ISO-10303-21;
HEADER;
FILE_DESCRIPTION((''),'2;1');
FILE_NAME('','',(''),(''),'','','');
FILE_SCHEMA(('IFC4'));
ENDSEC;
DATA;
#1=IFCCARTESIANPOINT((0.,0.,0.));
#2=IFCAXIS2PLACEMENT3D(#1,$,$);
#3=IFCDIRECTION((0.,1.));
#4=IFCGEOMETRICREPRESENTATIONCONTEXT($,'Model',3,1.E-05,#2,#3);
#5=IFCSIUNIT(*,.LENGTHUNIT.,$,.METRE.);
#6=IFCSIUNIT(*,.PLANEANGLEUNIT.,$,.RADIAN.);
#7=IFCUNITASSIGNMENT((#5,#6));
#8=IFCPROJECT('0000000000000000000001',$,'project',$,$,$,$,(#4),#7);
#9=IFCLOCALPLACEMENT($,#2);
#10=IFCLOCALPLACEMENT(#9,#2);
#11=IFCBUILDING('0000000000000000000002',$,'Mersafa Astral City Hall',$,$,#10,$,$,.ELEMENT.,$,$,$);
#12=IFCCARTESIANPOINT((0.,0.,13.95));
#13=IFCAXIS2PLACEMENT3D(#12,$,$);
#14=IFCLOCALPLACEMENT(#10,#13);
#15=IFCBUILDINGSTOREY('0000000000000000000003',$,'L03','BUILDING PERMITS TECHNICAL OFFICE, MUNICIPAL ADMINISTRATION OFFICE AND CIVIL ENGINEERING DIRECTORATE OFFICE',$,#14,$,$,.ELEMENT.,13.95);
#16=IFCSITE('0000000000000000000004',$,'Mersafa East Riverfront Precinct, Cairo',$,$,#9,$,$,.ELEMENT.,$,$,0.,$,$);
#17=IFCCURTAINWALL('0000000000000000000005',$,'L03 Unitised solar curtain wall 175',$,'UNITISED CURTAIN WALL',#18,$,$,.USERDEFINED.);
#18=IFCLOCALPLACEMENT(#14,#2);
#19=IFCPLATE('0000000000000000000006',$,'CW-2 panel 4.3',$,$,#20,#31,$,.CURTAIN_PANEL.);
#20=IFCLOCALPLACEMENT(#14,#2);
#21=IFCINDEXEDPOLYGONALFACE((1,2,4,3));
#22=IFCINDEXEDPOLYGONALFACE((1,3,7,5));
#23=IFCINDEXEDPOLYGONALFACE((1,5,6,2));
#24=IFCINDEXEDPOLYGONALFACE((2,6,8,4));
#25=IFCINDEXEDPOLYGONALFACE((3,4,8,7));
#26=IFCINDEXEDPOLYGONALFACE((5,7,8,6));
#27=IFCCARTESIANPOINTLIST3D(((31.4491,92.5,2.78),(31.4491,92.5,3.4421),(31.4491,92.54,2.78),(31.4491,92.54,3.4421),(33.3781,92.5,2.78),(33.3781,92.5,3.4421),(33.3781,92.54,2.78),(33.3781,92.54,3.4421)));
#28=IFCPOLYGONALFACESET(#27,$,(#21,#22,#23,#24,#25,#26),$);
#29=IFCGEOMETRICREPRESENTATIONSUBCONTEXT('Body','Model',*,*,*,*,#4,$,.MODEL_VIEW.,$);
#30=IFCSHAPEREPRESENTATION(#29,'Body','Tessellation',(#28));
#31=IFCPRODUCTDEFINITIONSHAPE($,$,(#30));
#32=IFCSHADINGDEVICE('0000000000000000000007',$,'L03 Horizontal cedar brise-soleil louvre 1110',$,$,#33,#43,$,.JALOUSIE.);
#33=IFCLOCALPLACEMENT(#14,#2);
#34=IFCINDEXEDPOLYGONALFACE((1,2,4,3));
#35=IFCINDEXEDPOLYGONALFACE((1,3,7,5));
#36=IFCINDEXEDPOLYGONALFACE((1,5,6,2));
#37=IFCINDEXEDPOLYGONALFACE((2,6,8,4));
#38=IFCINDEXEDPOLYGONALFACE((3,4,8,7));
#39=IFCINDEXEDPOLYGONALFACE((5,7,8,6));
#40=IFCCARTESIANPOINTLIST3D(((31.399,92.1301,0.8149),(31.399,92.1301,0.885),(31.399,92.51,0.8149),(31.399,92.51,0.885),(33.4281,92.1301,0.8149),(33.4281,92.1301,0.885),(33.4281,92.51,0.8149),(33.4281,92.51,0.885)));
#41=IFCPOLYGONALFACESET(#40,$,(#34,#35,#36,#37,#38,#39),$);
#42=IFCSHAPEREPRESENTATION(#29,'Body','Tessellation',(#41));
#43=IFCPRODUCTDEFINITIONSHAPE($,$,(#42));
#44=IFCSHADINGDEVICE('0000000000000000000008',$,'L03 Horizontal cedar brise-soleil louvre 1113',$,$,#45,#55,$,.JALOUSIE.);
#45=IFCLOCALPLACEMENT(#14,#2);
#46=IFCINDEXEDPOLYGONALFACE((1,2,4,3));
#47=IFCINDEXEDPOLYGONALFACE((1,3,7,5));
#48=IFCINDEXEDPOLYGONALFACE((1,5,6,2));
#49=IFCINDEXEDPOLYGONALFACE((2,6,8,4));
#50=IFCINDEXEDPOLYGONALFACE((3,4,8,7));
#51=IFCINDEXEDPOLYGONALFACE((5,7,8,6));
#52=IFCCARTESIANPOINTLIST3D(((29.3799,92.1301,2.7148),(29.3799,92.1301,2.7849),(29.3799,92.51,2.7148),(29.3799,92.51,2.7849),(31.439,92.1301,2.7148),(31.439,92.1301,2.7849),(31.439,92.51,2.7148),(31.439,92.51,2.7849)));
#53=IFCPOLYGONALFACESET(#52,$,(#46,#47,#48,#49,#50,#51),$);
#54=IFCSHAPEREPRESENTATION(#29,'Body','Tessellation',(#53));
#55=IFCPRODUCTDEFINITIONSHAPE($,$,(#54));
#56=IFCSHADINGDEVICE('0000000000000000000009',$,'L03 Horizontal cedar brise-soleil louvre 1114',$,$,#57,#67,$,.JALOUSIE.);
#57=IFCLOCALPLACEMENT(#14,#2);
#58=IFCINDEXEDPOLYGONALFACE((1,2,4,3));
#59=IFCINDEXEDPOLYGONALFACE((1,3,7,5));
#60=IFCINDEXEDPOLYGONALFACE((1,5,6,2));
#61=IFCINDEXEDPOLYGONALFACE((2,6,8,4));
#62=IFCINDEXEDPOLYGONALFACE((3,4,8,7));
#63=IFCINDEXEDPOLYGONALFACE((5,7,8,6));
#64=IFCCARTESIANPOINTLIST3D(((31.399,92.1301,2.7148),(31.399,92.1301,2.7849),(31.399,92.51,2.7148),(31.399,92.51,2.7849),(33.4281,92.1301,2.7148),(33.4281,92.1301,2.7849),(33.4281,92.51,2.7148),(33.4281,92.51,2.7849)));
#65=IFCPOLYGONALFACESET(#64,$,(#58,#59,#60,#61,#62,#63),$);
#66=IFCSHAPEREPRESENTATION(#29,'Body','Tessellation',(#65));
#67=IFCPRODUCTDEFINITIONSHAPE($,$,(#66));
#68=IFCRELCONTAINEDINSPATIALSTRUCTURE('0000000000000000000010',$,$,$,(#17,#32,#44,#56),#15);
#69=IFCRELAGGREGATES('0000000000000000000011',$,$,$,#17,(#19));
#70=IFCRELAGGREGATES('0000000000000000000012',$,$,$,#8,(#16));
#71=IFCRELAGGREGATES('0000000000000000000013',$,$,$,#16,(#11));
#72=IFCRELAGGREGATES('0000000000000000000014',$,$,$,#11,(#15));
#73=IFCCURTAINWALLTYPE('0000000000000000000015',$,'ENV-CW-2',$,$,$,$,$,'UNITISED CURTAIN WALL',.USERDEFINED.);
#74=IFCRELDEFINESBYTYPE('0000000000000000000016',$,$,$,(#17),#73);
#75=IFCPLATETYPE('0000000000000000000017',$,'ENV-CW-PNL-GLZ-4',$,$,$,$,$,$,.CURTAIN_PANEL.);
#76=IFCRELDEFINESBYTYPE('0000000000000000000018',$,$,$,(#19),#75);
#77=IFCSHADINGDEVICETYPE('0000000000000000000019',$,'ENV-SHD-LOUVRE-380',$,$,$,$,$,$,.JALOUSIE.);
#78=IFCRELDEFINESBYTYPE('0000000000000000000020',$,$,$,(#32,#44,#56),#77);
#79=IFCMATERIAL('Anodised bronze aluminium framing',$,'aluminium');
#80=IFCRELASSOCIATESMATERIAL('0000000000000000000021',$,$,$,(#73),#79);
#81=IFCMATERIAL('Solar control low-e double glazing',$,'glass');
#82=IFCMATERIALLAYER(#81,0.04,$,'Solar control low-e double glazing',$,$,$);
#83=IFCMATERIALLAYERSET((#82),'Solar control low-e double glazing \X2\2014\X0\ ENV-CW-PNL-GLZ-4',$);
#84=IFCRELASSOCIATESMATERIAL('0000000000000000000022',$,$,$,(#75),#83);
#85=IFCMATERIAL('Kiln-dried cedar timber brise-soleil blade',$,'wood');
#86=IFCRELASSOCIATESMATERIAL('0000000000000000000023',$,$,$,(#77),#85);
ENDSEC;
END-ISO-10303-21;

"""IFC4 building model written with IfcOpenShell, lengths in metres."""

from ifc_helpers import new_model, si_unit, direction, frame, origin, origin_2d, place, context, subcontext, project, spatial, rectangle, extrude, material, layer, layer_set, type_object, element, aggregate, save


model = new_model("IFC4")

# Units and contexts
model_context = context("Model", 3, precision=1e-05, world=origin(), true_north=direction((0.0, 1.0)))
body_context = subcontext(model_context, "Body", "Model", "MODEL_VIEW")
ifc_project = project(units=[si_unit("LENGTHUNIT", "METRE"), si_unit("PLANEANGLEUNIT", "RADIAN")], contexts=[model_context])

# Site, building, storey
site_placement = place(None, origin())
site = spatial("IfcSite", under=ifc_project, at=site_placement, Name="Mersafa East Riverfront Precinct, Cairo", CompositionType="ELEMENT", RefElevation=0.0)
building_placement = place(site_placement, origin())
building = spatial("IfcBuilding", under=site, at=building_placement, Name="Mersafa Astral City Hall", CompositionType="ELEMENT")
storey_placement = place(building_placement, frame((0.0, 0.0, 13.95)))
storey = spatial("IfcBuildingStorey", under=building, at=storey_placement, Name="L03", Description="BUILDING PERMITS TECHNICAL OFFICE, MUNICIPAL ADMINISTRATION OFFICE AND CIVIL ENGINEERING DIRECTORATE OFFICE", CompositionType="ELEMENT", Elevation=13.95)

# Curtain wall
ifc_material_1 = material(Name="Anodised bronze aluminium framing", Category="aluminium")
curtain_wall_type_1 = type_object("IfcCurtainWallType", Name="ENV-CW-2", ElementType="UNITISED CURTAIN WALL", PredefinedType="USERDEFINED", material=ifc_material_1)
curtain_wall_1_placement = place(storey_placement, origin())
curtain_wall_1 = element("IfcCurtainWall", 1, at=curtain_wall_1_placement, inside=storey, type_object=curtain_wall_type_1, Name="L03 Unitised solar curtain wall 175", ObjectType="UNITISED CURTAIN WALL", PredefinedType="USERDEFINED")

# Plate
ifc_material_2 = material(Name="Solar control low-e double glazing", Category="glass")
ifc_layer = layer(ifc_material_2, 0.04, Name="Solar control low-e double glazing")
ifc_layer_set = layer_set([ifc_layer], Name="Solar control low-e double glazing — ENV-CW-PNL-GLZ-4")
plate_type = type_object("IfcPlateType", Name="ENV-CW-PNL-GLZ-4", PredefinedType="CURTAIN_PANEL", material=ifc_layer_set)
plate_1_placement = place(storey_placement, frame((32.4136, 92.52, 2.78), z_axis=(0.0, 0.0, 1.0), x_axis=(1.0, 0.0, 0.0)))
plate_1 = element("IfcPlate", 2, at=plate_1_placement, type_object=plate_type, Name="CW-2 panel 4.3", PredefinedType="CURTAIN_PANEL", context=body_context, shape_type="SweptSolid", body=[
    extrude(rectangle(XDim=1.929, YDim=0.04, at=origin_2d()), origin(), (0.0, 0.0, 1.0), 0.6621),
])
aggregate(curtain_wall_1, [plate_1])

# Shading devices
ifc_material_3 = material(Name="Kiln-dried cedar timber brise-soleil blade", Category="wood")
shading_device_type = type_object("IfcShadingDeviceType", Name="ENV-SHD-LOUVRE-380", PredefinedType="JALOUSIE", material=ifc_material_3)
shading_device_1_placement = place(storey_placement, frame((32.4136, 92.3201, 0.8149), z_axis=(0.0, 0.0, 1.0), x_axis=(1.0, 0.0, 0.0)))
element("IfcShadingDevice", 3, at=shading_device_1_placement, inside=storey, type_object=shading_device_type, Name="L03 Horizontal cedar brise-soleil louvre 1110", PredefinedType="JALOUSIE", context=body_context, shape_type="SweptSolid", body=[
    extrude(rectangle(XDim=2.0291, YDim=0.3799, at=origin_2d()), origin(), (0.0, 0.0, 1.0), 0.0701),
])
shading_device_2_placement = place(storey_placement, frame((30.4094, 92.3201, 2.7148), z_axis=(0.0, 0.0, 1.0), x_axis=(1.0, 0.0, 0.0)))
element("IfcShadingDevice", 4, at=shading_device_2_placement, inside=storey, type_object=shading_device_type, Name="L03 Horizontal cedar brise-soleil louvre 1113", PredefinedType="JALOUSIE", context=body_context, shape_type="SweptSolid", body=[
    extrude(rectangle(XDim=2.0591, YDim=0.3799, at=origin_2d()), origin(), (0.0, 0.0, 1.0), 0.0701),
])
shading_device_3_placement = place(storey_placement, frame((32.4136, 92.3201, 2.7148), z_axis=(0.0, 0.0, 1.0), x_axis=(1.0, 0.0, 0.0)))
element("IfcShadingDevice", 5, at=shading_device_3_placement, inside=storey, type_object=shading_device_type, Name="L03 Horizontal cedar brise-soleil louvre 1114", PredefinedType="JALOUSIE", context=body_context, shape_type="SweptSolid", body=[
    extrude(rectangle(XDim=2.0291, YDim=0.3799, at=origin_2d()), origin(), (0.0, 0.0, 1.0), 0.0701),
])

save(model, "model.ifc")
